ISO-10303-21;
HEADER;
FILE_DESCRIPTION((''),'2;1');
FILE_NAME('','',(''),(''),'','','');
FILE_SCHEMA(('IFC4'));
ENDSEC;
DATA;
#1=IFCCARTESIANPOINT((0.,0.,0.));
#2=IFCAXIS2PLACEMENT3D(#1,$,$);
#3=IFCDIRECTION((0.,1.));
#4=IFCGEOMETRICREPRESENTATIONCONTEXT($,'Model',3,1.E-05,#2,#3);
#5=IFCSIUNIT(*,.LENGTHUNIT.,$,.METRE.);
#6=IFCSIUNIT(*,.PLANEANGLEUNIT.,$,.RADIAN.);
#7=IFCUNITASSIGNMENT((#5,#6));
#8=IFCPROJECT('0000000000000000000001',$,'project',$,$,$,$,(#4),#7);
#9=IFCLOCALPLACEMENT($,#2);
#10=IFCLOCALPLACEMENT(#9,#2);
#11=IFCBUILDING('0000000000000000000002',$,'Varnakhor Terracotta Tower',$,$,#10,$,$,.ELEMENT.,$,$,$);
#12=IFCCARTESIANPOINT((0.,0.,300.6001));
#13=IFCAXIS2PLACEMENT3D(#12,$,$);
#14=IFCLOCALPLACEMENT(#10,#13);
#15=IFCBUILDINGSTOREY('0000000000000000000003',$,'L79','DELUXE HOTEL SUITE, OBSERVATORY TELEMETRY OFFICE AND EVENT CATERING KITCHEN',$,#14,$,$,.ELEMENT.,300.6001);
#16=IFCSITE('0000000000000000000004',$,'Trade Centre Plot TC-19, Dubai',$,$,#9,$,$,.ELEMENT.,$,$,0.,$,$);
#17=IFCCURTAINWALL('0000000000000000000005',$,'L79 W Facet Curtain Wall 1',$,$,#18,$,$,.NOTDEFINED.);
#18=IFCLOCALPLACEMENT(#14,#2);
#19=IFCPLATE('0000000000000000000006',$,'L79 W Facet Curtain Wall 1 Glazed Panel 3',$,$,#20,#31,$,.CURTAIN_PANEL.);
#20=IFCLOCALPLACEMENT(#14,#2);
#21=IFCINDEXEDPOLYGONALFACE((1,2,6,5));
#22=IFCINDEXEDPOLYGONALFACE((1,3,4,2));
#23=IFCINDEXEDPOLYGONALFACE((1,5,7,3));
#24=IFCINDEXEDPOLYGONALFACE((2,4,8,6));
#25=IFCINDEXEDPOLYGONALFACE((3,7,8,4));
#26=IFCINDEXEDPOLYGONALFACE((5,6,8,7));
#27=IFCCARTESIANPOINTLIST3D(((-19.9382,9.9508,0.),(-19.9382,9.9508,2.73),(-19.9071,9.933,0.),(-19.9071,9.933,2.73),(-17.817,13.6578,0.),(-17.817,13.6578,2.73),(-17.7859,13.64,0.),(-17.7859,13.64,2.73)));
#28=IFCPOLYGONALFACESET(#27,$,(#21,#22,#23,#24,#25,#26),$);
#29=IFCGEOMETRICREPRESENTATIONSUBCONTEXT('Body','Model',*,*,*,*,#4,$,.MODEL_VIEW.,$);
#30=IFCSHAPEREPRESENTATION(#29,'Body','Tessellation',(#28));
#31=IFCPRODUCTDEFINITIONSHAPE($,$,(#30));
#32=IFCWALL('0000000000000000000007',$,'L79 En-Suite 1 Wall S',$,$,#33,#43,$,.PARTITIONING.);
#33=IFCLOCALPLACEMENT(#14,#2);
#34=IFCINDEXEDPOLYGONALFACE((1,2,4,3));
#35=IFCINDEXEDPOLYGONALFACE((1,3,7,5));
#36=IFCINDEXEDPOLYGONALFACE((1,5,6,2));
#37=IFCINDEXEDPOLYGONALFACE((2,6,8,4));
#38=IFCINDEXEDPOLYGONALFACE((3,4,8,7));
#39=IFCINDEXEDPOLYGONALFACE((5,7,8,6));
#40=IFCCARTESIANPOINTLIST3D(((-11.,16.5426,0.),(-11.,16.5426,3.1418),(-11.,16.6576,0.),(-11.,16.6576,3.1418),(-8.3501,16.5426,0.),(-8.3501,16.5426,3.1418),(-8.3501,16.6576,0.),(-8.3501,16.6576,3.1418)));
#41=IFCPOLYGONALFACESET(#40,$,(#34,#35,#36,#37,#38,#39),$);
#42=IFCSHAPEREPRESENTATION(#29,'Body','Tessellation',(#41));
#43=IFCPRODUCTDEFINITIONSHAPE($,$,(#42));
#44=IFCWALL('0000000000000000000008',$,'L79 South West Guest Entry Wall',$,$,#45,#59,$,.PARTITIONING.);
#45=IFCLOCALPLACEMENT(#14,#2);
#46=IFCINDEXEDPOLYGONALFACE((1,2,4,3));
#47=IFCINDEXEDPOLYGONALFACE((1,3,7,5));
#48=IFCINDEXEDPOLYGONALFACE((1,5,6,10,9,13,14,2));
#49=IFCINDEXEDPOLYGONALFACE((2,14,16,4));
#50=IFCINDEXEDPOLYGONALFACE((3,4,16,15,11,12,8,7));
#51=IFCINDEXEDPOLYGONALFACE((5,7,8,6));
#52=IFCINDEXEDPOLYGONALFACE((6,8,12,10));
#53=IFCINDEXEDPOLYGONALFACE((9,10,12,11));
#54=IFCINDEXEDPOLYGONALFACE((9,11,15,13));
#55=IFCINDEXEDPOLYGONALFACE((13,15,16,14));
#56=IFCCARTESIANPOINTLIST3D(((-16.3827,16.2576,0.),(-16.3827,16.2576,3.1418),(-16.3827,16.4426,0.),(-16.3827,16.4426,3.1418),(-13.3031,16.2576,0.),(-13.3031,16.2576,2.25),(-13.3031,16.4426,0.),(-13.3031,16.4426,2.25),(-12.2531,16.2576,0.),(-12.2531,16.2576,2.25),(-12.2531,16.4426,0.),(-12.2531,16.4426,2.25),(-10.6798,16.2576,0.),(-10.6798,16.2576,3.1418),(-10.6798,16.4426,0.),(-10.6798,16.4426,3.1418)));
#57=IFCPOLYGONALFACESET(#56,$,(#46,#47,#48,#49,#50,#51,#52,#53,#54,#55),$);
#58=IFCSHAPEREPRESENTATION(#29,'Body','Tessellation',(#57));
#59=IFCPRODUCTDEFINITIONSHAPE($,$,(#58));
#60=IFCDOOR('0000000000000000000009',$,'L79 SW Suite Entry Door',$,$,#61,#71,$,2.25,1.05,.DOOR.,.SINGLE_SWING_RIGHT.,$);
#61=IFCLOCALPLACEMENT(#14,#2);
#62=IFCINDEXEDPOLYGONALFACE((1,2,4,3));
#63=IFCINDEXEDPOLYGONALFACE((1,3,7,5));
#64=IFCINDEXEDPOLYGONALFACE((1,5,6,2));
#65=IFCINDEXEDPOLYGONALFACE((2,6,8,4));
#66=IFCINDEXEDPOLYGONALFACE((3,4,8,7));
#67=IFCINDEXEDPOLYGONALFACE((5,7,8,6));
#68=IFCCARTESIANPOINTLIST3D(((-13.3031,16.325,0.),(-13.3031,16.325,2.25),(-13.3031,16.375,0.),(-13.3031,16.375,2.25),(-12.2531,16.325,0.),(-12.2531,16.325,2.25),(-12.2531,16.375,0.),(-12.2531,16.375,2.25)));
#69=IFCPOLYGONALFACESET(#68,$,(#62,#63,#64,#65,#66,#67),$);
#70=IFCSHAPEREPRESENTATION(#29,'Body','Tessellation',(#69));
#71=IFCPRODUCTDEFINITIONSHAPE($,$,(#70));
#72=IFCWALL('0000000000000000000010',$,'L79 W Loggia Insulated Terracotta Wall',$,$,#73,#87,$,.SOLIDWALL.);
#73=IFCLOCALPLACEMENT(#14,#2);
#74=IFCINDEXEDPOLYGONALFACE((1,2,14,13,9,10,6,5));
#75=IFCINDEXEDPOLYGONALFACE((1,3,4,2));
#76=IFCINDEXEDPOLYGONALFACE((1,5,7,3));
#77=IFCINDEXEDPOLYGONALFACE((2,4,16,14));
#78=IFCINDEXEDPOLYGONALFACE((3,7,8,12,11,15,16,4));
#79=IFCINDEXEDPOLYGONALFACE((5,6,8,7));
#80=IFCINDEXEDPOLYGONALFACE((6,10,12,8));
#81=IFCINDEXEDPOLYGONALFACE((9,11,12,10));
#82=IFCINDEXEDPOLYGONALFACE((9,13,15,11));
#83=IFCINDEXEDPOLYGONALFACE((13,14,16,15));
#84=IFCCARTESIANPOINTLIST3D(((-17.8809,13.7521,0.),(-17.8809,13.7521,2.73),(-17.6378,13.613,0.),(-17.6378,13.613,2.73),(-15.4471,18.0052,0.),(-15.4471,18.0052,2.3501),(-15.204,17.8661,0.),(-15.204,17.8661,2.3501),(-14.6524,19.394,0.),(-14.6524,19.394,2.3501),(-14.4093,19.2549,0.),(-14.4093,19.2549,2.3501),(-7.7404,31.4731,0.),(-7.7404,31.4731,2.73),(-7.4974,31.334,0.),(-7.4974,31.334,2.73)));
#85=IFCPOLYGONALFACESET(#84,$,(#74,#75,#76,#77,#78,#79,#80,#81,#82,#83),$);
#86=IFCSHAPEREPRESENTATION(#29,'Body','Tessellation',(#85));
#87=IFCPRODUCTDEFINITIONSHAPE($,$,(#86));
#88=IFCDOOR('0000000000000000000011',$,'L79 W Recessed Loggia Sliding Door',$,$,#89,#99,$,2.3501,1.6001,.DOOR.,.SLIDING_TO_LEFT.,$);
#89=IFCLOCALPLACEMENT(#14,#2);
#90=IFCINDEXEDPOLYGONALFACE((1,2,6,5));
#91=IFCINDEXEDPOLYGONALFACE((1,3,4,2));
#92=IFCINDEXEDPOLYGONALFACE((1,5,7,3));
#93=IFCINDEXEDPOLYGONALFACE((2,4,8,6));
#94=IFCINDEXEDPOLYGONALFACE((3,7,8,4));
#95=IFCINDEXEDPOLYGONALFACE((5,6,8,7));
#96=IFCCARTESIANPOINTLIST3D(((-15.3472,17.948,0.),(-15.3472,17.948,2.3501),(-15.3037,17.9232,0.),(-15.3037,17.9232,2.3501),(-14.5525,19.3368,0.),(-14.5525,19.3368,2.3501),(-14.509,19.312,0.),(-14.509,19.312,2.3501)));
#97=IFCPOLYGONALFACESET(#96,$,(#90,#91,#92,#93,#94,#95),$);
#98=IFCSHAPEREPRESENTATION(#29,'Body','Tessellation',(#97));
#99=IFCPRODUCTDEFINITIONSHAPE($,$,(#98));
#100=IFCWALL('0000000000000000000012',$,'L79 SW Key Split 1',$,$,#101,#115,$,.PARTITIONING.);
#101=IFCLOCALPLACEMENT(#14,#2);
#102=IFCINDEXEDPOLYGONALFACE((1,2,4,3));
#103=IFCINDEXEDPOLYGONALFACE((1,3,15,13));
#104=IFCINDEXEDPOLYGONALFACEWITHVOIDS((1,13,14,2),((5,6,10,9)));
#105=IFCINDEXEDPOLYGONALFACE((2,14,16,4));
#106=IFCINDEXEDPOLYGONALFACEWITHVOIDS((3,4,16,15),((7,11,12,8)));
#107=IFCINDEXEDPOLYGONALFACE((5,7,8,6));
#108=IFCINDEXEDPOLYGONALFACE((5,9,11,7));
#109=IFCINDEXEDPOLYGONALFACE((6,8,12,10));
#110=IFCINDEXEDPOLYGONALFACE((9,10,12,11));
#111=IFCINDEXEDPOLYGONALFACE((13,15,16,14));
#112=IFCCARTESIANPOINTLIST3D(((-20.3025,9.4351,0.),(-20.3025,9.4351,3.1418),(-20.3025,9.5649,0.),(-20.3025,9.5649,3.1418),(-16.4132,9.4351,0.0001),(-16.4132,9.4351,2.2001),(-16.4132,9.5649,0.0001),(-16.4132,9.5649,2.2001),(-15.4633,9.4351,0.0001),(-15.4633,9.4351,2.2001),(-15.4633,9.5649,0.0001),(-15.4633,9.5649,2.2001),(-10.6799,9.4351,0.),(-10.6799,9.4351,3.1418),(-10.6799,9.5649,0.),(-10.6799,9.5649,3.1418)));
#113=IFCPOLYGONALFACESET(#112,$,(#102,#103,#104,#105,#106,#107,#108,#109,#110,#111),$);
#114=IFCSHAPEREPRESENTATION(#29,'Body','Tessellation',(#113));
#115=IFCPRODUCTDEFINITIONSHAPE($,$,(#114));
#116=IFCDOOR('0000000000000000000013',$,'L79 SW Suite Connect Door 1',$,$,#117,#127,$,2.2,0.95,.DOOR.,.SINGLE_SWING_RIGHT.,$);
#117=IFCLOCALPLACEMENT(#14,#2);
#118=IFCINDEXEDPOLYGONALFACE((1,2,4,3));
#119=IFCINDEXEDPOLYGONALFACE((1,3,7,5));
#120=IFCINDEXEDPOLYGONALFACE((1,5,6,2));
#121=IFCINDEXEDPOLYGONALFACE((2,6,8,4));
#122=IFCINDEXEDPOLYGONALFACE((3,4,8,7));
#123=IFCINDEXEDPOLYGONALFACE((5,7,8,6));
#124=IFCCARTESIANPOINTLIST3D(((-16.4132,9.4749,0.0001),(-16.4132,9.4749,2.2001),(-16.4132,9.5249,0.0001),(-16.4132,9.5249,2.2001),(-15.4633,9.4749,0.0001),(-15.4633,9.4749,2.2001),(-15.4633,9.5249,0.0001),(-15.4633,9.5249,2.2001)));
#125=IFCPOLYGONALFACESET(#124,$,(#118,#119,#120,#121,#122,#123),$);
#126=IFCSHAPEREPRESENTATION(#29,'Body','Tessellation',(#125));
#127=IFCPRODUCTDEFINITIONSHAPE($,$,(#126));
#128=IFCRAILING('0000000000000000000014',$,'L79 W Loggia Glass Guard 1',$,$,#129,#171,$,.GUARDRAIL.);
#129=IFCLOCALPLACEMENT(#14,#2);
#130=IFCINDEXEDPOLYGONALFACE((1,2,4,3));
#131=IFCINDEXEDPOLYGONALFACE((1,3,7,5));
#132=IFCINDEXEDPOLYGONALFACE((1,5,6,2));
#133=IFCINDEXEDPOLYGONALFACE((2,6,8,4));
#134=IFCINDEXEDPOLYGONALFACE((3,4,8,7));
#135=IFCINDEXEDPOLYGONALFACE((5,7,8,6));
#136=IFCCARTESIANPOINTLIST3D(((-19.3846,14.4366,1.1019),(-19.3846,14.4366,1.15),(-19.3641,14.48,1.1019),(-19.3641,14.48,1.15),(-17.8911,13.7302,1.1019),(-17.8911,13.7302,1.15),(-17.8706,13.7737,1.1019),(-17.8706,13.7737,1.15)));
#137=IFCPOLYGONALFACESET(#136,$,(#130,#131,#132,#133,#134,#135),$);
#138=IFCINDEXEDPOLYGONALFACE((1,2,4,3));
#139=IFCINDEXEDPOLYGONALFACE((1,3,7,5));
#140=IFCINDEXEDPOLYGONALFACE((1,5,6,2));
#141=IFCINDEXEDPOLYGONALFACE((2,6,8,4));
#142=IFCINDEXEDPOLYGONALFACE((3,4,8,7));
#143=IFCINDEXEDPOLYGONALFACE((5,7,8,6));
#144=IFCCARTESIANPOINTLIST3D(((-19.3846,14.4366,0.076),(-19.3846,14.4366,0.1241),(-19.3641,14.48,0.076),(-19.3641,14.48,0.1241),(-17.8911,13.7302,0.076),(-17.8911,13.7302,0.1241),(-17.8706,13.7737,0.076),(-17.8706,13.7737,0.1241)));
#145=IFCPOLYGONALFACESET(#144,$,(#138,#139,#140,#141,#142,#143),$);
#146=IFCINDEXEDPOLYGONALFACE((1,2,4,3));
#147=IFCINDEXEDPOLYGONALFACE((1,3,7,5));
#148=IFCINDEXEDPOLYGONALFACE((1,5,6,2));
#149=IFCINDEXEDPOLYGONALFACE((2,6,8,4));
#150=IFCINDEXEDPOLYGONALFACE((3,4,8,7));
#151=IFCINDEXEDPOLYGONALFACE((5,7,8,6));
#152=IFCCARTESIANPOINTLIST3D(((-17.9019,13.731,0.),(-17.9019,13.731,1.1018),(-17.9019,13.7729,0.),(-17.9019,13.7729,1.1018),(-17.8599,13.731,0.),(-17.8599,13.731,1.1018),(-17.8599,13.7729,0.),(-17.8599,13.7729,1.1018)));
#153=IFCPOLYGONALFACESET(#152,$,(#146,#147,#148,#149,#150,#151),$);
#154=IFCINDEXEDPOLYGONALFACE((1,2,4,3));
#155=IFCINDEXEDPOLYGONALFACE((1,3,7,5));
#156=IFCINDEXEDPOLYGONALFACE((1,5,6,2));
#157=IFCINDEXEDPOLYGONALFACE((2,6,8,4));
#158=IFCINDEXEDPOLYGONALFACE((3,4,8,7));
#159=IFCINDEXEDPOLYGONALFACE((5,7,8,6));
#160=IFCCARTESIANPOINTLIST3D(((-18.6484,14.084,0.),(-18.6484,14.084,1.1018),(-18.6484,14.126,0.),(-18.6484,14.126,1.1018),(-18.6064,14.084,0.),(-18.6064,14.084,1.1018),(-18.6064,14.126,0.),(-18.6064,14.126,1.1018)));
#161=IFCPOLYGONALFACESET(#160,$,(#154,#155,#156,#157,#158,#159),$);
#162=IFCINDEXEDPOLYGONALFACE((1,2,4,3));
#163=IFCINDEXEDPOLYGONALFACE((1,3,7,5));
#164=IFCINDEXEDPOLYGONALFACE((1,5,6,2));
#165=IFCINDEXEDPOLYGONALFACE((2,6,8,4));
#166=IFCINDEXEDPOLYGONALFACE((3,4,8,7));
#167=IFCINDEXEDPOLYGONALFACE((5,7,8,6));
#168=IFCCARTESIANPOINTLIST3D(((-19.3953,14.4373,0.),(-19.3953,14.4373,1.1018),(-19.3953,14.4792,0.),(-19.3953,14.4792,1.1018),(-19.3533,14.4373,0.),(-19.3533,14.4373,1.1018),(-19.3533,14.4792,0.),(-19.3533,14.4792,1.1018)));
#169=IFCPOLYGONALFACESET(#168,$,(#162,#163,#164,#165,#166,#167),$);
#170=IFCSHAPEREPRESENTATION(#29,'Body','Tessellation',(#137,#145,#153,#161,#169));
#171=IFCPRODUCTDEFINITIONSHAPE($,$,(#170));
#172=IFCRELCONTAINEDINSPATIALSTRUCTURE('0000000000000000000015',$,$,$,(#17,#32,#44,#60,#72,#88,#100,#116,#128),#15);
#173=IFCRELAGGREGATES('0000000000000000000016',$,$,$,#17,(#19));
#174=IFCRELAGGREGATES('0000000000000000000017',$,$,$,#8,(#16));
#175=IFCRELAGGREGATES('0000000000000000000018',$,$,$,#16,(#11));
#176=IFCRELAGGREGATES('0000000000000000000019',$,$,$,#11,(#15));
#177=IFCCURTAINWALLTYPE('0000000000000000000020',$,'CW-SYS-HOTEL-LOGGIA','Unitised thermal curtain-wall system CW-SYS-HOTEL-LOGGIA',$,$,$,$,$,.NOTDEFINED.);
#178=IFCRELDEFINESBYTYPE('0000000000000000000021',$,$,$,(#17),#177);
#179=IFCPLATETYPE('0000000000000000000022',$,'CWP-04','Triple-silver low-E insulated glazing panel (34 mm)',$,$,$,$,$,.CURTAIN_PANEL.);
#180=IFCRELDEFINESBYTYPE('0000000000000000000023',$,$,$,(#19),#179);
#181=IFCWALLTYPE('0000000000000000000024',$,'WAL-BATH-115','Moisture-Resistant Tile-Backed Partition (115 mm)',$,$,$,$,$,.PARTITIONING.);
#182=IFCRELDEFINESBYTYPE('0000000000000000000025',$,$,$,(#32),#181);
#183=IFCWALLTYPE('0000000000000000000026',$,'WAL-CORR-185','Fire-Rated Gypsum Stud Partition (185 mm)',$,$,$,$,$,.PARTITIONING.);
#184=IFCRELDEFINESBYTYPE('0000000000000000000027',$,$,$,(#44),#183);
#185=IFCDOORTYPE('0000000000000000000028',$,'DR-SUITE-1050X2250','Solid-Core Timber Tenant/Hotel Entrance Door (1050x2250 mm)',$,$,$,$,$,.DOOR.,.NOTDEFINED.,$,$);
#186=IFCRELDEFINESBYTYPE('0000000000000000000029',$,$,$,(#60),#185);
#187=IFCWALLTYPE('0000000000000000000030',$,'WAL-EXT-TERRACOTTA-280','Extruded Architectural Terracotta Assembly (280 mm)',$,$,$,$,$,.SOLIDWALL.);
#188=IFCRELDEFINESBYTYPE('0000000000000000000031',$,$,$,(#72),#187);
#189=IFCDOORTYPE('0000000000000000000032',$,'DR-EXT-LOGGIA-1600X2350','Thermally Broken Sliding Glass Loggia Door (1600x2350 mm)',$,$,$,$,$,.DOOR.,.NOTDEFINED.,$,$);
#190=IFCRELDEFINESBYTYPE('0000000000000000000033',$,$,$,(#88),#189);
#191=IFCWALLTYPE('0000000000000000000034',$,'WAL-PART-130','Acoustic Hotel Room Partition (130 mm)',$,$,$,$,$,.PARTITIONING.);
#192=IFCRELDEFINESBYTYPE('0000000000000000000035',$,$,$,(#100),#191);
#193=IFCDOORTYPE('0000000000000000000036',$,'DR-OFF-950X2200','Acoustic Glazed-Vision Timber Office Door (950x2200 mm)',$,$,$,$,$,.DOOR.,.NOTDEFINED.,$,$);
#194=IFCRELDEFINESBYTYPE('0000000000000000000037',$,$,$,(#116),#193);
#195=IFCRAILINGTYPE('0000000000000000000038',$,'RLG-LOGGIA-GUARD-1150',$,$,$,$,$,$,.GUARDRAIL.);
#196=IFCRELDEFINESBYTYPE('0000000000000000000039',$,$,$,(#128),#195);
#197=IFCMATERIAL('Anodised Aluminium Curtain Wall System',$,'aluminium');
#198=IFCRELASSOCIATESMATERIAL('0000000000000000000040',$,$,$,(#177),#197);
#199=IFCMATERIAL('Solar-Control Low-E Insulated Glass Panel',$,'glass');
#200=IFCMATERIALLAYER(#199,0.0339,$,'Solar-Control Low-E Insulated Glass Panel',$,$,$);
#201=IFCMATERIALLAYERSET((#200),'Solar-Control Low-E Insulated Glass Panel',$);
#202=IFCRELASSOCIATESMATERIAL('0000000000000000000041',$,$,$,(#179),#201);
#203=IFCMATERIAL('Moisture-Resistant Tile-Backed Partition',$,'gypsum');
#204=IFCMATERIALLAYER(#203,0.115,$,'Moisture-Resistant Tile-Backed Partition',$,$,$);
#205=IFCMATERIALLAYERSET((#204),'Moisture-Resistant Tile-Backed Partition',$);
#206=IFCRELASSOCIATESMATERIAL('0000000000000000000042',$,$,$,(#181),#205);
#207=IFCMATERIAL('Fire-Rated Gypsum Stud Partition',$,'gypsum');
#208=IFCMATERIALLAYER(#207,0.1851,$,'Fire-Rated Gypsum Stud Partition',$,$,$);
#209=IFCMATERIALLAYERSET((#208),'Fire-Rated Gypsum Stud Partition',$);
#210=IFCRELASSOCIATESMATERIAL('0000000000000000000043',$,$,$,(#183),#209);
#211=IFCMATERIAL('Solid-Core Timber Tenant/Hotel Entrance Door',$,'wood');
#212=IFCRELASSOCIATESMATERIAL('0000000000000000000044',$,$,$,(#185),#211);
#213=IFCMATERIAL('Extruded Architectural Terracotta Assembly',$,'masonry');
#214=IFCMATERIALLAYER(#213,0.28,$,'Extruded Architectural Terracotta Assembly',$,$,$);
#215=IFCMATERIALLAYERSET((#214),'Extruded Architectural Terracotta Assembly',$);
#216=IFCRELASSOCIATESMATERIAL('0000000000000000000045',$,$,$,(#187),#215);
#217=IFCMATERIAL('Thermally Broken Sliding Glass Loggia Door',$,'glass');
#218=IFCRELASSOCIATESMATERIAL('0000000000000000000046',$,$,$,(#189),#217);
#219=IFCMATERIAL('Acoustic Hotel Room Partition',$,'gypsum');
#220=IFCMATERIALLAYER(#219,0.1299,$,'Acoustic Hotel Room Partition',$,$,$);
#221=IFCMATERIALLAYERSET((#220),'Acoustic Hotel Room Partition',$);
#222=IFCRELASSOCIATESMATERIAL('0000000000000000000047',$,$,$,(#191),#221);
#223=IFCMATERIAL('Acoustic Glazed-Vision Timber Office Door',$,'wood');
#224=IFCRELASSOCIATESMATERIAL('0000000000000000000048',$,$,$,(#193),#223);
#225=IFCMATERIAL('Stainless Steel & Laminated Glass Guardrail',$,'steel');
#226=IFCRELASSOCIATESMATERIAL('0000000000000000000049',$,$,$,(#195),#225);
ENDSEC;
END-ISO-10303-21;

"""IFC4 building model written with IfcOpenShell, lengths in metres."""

from ifc_helpers import new_model, si_unit, direction, frame, frame_2d, origin, origin_2d, place, context, subcontext, project, spatial, rectangle, extrude, source, transform, mapped, material, layer, layer_set, type_object, type_shapes, element, fill, aggregate, save


model = new_model("IFC4")

# Units and contexts
model_context = context("Model", 3, precision=1e-05, world=origin(), true_north=direction((0.0, 1.0)))
body_context = subcontext(model_context, "Body", "Model", "MODEL_VIEW")
ifc_project = project(units=[si_unit("LENGTHUNIT", "METRE"), si_unit("PLANEANGLEUNIT", "RADIAN")], contexts=[model_context])

# Site, building, storey
site_placement = place(None, origin())
site = spatial("IfcSite", under=ifc_project, at=site_placement, Name="Trade Centre Plot TC-19, Dubai", CompositionType="ELEMENT", RefElevation=0.0)
building_placement = place(site_placement, origin())
building = spatial("IfcBuilding", under=site, at=building_placement, Name="Varnakhor Terracotta Tower", CompositionType="ELEMENT")
storey_placement = place(building_placement, frame((0.0, 0.0, 300.6001)))
storey = spatial("IfcBuildingStorey", under=building, at=storey_placement, Name="L79", Description="DELUXE HOTEL SUITE, OBSERVATORY TELEMETRY OFFICE AND EVENT CATERING KITCHEN", CompositionType="ELEMENT", Elevation=300.6001)

# Curtain wall, plate
ifc_material_1 = material(Name="Anodised Aluminium Curtain Wall System", Category="aluminium")
curtain_wall_type = type_object("IfcCurtainWallType", Name="CW-SYS-HOTEL-LOGGIA", Description="Unitised thermal curtain-wall system CW-SYS-HOTEL-LOGGIA", PredefinedType="NOTDEFINED", material=ifc_material_1)
curtain_wall_placement = place(storey_placement, origin())
curtain_wall = element("IfcCurtainWall", 1, at=curtain_wall_placement, inside=storey, type_object=curtain_wall_type, Name="L79 W Facet Curtain Wall 1", PredefinedType="NOTDEFINED")
ifc_material_2 = material(Name="Solar-Control Low-E Insulated Glass Panel", Category="glass")
ifc_layer_1 = layer(ifc_material_2, 0.0339, Name="Solar-Control Low-E Insulated Glass Panel")
ifc_layer_set_1 = layer_set([ifc_layer_1], Name="Solar-Control Low-E Insulated Glass Panel")
plate_type = type_object("IfcPlateType", Name="CWP-04", Description="Triple-silver low-E insulated glazing panel (34 mm)", PredefinedType="CURTAIN_PANEL", material=ifc_layer_set_1)
shared_shape_1 = source(origin(), body_context, "Body", "SweptSolid", [
    extrude(rectangle(XDim=4.271, YDim=0.0359, at=origin_2d()), origin(), (0.0, 0.0, 1.0), 2.73),
])
plate_placement = place(storey_placement, frame((-18.8621, 11.7954, 0.0), z_axis=(0.0, 0.0, 1.0), x_axis=(0.496656, 0.867948, 0.0)))
plate = element("IfcPlate", 2, at=plate_placement, type_object=plate_type, Name="L79 W Facet Curtain Wall 1 Glazed Panel 3", PredefinedType="CURTAIN_PANEL", context=body_context, shape_type="MappedRepresentation", body=[
    mapped(shared_shape_1, transform((0.0, 0.0, 0.0), scale=1.0)),
])
aggregate(curtain_wall, [plate])

# Wall
ifc_material_3 = material(Name="Moisture-Resistant Tile-Backed Partition", Category="gypsum")
ifc_layer_2 = layer(ifc_material_3, 0.115, Name="Moisture-Resistant Tile-Backed Partition")
ifc_layer_set_2 = layer_set([ifc_layer_2], Name="Moisture-Resistant Tile-Backed Partition")
wall_type_1 = type_object("IfcWallType", Name="WAL-BATH-115", Description="Moisture-Resistant Tile-Backed Partition (115 mm)", PredefinedType="PARTITIONING", material=ifc_layer_set_2)
wall_1_placement = place(storey_placement, frame((-11.0, 16.6001, 0.0), z_axis=(0.0, 0.0, 1.0), x_axis=(1.0, 0.0, 0.0)))
element("IfcWall", 3, at=wall_1_placement, inside=storey, type_object=wall_type_1, Name="L79 En-Suite 1 Wall S", PredefinedType="PARTITIONING", context=body_context, shape_type="SweptSolid", body=[
    extrude(rectangle(XDim=2.6499, YDim=0.115, at=frame_2d((1.325, 0.0))), origin(), (0.0, 0.0, 1.0), 3.1418),
])

# Walls, openings, doors
ifc_material_4 = material(Name="Fire-Rated Gypsum Stud Partition", Category="gypsum")
ifc_layer_3 = layer(ifc_material_4, 0.1851, Name="Fire-Rated Gypsum Stud Partition")
ifc_layer_set_3 = layer_set([ifc_layer_3], Name="Fire-Rated Gypsum Stud Partition")
wall_type_2 = type_object("IfcWallType", Name="WAL-CORR-185", Description="Fire-Rated Gypsum Stud Partition (185 mm)", PredefinedType="PARTITIONING", material=ifc_layer_set_3)
wall_2_placement = place(storey_placement, frame((-16.3828, 16.3501, 0.0), z_axis=(0.0, 0.0, 1.0), x_axis=(1.0, 0.0, 0.0)))
wall_2 = element("IfcWall", 4, at=wall_2_placement, inside=storey, type_object=wall_type_2, Name="L79 South West Guest Entry Wall", PredefinedType="PARTITIONING", context=body_context, shape_type="SweptSolid", body=[
    extrude(rectangle(XDim=5.7029, YDim=0.1851, at=frame_2d((2.8516, 0.0))), origin(), (0.0, 0.0, 1.0), 3.1418),
])
opening_1_placement = place(wall_2_placement, frame((3.0798, 0.0, 0.0)))
opening_1 = element("IfcOpeningElement", 5, at=opening_1_placement, cuts=wall_2, PredefinedType="OPENING", context=body_context, shape_type="SweptSolid", body=[
    extrude(rectangle(XDim=1.05, YDim=2.25, at=frame_2d((0.5249, 1.125))), frame((0.0, 0.1025, 0.0), z_axis=(0.0, -1.0, 0.0), x_axis=(1.0, 0.0, 0.0)), (0.0, 0.0, 1.0), 0.2051),
])
ifc_material_5 = material(Name="Solid-Core Timber Tenant/Hotel Entrance Door", Category="wood")
door_type_1 = type_object("IfcDoorType", Name="DR-SUITE-1050X2250", Description="Solid-Core Timber Tenant/Hotel Entrance Door (1050x2250 mm)", OperationType="NOTDEFINED", PredefinedType="DOOR", material=ifc_material_5)
shared_shape_2 = source(origin(), body_context, "Body", "SweptSolid", [
    extrude(rectangle(XDim=1.05, YDim=2.25, at=frame_2d((0.5249, 1.125))), frame((0.0, 0.0249, 0.0), z_axis=(0.0, -1.0, 0.0), x_axis=(1.0, 0.0, 0.0)), (0.0, 0.0, 1.0), 0.05),
])
type_shapes(door_type_1, [shared_shape_2])
door_1_placement = place(opening_1_placement, origin())
door_1 = element("IfcDoor", 6, at=door_1_placement, inside=storey, type_object=door_type_1, Name="L79 SW Suite Entry Door", OperationType="SINGLE_SWING_RIGHT", OverallHeight=2.25, OverallWidth=1.05, PredefinedType="DOOR", context=body_context, shape_type="MappedRepresentation", body=[
    mapped(shared_shape_2, transform((0.0, 0.0, 0.0), scale=1.0)),
])
fill(opening_1, door_1)
ifc_material_6 = material(Name="Extruded Architectural Terracotta Assembly", Category="masonry")
ifc_layer_4 = layer(ifc_material_6, 0.28, Name="Extruded Architectural Terracotta Assembly")
ifc_layer_set_4 = layer_set([ifc_layer_4], Name="Extruded Architectural Terracotta Assembly")
wall_type_3 = type_object("IfcWallType", Name="WAL-EXT-TERRACOTTA-280", Description="Extruded Architectural Terracotta Assembly (280 mm)", PredefinedType="SOLIDWALL", material=ifc_layer_set_4)
wall_3_placement = place(storey_placement, frame((-17.7593, 13.6826, 0.0), z_axis=(0.0, 0.0, 1.0), x_axis=(0.49666, 0.867945, 0.0)))
wall_3 = element("IfcWall", 7, at=wall_3_placement, inside=storey, type_object=wall_type_3, Name="L79 W Loggia Insulated Terracotta Wall", PredefinedType="SOLIDWALL", context=body_context, shape_type="SweptSolid", body=[
    extrude(rectangle(XDim=20.4172, YDim=0.28, at=frame_2d((10.2085, 0.0))), origin(), (0.0, 0.0, 1.0), 2.73),
])
opening_2_placement = place(wall_3_placement, frame((4.9001, 0.0, 0.0)))
opening_2 = element("IfcOpeningElement", 8, at=opening_2_placement, cuts=wall_3, PredefinedType="OPENING", context=body_context, shape_type="SweptSolid", body=[
    extrude(rectangle(XDim=1.6001, YDim=2.3501, at=frame_2d((0.8, 1.175))), frame((0.0, 0.1499, 0.0), z_axis=(0.0, -1.0, 0.0), x_axis=(1.0, 0.0, 0.0)), (0.0, 0.0, 1.0), 0.3),
])
ifc_material_7 = material(Name="Thermally Broken Sliding Glass Loggia Door", Category="glass")
door_type_2 = type_object("IfcDoorType", Name="DR-EXT-LOGGIA-1600X2350", Description="Thermally Broken Sliding Glass Loggia Door (1600x2350 mm)", OperationType="NOTDEFINED", PredefinedType="DOOR", material=ifc_material_7)
shared_shape_3 = source(origin(), body_context, "Body", "SweptSolid", [
    extrude(rectangle(XDim=1.6001, YDim=2.3501, at=frame_2d((0.8, 1.175))), frame((0.0, 0.0249, 0.0), z_axis=(0.0, -1.0, 0.0), x_axis=(1.0, 0.0, 0.0)), (0.0, 0.0, 1.0), 0.05),
])
type_shapes(door_type_2, [shared_shape_3])
door_2_placement = place(opening_2_placement, origin())
door_2 = element("IfcDoor", 9, at=door_2_placement, inside=storey, type_object=door_type_2, Name="L79 W Recessed Loggia Sliding Door", OperationType="SLIDING_TO_LEFT", OverallHeight=2.3501, OverallWidth=1.6001, PredefinedType="DOOR", context=body_context, shape_type="MappedRepresentation", body=[
    mapped(shared_shape_3, transform((0.0, 0.0, 0.0), scale=1.0)),
])
fill(opening_2, door_2)
ifc_material_8 = material(Name="Acoustic Hotel Room Partition", Category="gypsum")
ifc_layer_5 = layer(ifc_material_8, 0.1299, Name="Acoustic Hotel Room Partition")
ifc_layer_set_5 = layer_set([ifc_layer_5], Name="Acoustic Hotel Room Partition")
wall_type_4 = type_object("IfcWallType", Name="WAL-PART-130", Description="Acoustic Hotel Room Partition (130 mm)", PredefinedType="PARTITIONING", material=ifc_layer_set_5)
wall_4_placement = place(storey_placement, frame((-20.3025, 9.5, 0.0), z_axis=(0.0, 0.0, 1.0), x_axis=(1.0, 0.0, 0.0)))
wall_4 = element("IfcWall", 10, at=wall_4_placement, inside=storey, type_object=wall_type_4, Name="L79 SW Key Split 1", PredefinedType="PARTITIONING", context=body_context, shape_type="SweptSolid", body=[
    extrude(rectangle(XDim=9.6226, YDim=0.1299, at=frame_2d((4.8113, 0.0))), origin(), (0.0, 0.0, 1.0), 3.1418),
])
opening_3_placement = place(wall_4_placement, frame((3.8892, 0.0, 0.0)))
opening_3 = element("IfcOpeningElement", 11, at=opening_3_placement, cuts=wall_4, PredefinedType="OPENING", context=body_context, shape_type="SweptSolid", body=[
    extrude(rectangle(XDim=0.95, YDim=2.2, at=frame_2d((0.4751, 1.1001))), frame((0.0, 0.075, 0.0), z_axis=(0.0, -1.0, 0.0), x_axis=(1.0, 0.0, 0.0)), (0.0, 0.0, 1.0), 0.1499),
])
ifc_material_9 = material(Name="Acoustic Glazed-Vision Timber Office Door", Category="wood")
door_type_3 = type_object("IfcDoorType", Name="DR-OFF-950X2200", Description="Acoustic Glazed-Vision Timber Office Door (950x2200 mm)", OperationType="NOTDEFINED", PredefinedType="DOOR", material=ifc_material_9)
shared_shape_4 = source(origin(), body_context, "Body", "SweptSolid", [
    extrude(rectangle(XDim=0.95, YDim=2.2, at=frame_2d((0.4751, 1.1001))), frame((0.0, 0.0249, 0.0), z_axis=(0.0, -1.0, 0.0), x_axis=(1.0, 0.0, 0.0)), (0.0, 0.0, 1.0), 0.05),
])
type_shapes(door_type_3, [shared_shape_4])
door_3_placement = place(opening_3_placement, origin())
door_3 = element("IfcDoor", 12, at=door_3_placement, inside=storey, type_object=door_type_3, Name="L79 SW Suite Connect Door 1", OperationType="SINGLE_SWING_RIGHT", OverallHeight=2.2, OverallWidth=0.95, PredefinedType="DOOR", context=body_context, shape_type="MappedRepresentation", body=[
    mapped(shared_shape_4, transform((0.0, 0.0, 0.0), scale=1.0)),
])
fill(opening_3, door_3)

# Railing
ifc_material_10 = material(Name="Stainless Steel & Laminated Glass Guardrail", Category="steel")
railing_type = type_object("IfcRailingType", Name="RLG-LOGGIA-GUARD-1150", PredefinedType="GUARDRAIL", material=ifc_material_10)
railing_1_placement = place(storey_placement, frame((-17.8809, 13.752, 0.0)))
element("IfcRailing", 13, at=railing_1_placement, inside=storey, type_object=railing_type, Name="L79 W Loggia Glass Guard 1", PredefinedType="GUARDRAIL", context=body_context, shape_type="SweptSolid", body=[
    extrude(rectangle(XDim=0.0481, YDim=0.0481, at=origin_2d()), frame((0.0, 0.0, 1.126), z_axis=(-0.903996, 0.42754, 0.0), x_axis=(-0.42754, -0.903996, 0.0)), (0.0, 0.0, 1.0), 1.6521),
    extrude(rectangle(XDim=0.0481, YDim=0.0481, at=origin_2d()), frame((0.0, 0.0, 0.1001), z_axis=(-0.903996, 0.42754, 0.0), x_axis=(-0.42754, -0.903996, 0.0)), (0.0, 0.0, 1.0), 1.6521),
    extrude(rectangle(XDim=0.042, YDim=0.042, at=origin_2d()), origin(), (0.0, 0.0, 1.0), 1.1018),
    extrude(rectangle(XDim=0.042, YDim=0.042, at=origin_2d()), frame((-0.7466, 0.353, 0.0)), (0.0, 0.0, 1.0), 1.1018),
    extrude(rectangle(XDim=0.042, YDim=0.042, at=origin_2d()), frame((-1.4934, 0.7063, 0.0)), (0.0, 0.0, 1.0), 1.1018),
])

save(model, "model.ifc")
